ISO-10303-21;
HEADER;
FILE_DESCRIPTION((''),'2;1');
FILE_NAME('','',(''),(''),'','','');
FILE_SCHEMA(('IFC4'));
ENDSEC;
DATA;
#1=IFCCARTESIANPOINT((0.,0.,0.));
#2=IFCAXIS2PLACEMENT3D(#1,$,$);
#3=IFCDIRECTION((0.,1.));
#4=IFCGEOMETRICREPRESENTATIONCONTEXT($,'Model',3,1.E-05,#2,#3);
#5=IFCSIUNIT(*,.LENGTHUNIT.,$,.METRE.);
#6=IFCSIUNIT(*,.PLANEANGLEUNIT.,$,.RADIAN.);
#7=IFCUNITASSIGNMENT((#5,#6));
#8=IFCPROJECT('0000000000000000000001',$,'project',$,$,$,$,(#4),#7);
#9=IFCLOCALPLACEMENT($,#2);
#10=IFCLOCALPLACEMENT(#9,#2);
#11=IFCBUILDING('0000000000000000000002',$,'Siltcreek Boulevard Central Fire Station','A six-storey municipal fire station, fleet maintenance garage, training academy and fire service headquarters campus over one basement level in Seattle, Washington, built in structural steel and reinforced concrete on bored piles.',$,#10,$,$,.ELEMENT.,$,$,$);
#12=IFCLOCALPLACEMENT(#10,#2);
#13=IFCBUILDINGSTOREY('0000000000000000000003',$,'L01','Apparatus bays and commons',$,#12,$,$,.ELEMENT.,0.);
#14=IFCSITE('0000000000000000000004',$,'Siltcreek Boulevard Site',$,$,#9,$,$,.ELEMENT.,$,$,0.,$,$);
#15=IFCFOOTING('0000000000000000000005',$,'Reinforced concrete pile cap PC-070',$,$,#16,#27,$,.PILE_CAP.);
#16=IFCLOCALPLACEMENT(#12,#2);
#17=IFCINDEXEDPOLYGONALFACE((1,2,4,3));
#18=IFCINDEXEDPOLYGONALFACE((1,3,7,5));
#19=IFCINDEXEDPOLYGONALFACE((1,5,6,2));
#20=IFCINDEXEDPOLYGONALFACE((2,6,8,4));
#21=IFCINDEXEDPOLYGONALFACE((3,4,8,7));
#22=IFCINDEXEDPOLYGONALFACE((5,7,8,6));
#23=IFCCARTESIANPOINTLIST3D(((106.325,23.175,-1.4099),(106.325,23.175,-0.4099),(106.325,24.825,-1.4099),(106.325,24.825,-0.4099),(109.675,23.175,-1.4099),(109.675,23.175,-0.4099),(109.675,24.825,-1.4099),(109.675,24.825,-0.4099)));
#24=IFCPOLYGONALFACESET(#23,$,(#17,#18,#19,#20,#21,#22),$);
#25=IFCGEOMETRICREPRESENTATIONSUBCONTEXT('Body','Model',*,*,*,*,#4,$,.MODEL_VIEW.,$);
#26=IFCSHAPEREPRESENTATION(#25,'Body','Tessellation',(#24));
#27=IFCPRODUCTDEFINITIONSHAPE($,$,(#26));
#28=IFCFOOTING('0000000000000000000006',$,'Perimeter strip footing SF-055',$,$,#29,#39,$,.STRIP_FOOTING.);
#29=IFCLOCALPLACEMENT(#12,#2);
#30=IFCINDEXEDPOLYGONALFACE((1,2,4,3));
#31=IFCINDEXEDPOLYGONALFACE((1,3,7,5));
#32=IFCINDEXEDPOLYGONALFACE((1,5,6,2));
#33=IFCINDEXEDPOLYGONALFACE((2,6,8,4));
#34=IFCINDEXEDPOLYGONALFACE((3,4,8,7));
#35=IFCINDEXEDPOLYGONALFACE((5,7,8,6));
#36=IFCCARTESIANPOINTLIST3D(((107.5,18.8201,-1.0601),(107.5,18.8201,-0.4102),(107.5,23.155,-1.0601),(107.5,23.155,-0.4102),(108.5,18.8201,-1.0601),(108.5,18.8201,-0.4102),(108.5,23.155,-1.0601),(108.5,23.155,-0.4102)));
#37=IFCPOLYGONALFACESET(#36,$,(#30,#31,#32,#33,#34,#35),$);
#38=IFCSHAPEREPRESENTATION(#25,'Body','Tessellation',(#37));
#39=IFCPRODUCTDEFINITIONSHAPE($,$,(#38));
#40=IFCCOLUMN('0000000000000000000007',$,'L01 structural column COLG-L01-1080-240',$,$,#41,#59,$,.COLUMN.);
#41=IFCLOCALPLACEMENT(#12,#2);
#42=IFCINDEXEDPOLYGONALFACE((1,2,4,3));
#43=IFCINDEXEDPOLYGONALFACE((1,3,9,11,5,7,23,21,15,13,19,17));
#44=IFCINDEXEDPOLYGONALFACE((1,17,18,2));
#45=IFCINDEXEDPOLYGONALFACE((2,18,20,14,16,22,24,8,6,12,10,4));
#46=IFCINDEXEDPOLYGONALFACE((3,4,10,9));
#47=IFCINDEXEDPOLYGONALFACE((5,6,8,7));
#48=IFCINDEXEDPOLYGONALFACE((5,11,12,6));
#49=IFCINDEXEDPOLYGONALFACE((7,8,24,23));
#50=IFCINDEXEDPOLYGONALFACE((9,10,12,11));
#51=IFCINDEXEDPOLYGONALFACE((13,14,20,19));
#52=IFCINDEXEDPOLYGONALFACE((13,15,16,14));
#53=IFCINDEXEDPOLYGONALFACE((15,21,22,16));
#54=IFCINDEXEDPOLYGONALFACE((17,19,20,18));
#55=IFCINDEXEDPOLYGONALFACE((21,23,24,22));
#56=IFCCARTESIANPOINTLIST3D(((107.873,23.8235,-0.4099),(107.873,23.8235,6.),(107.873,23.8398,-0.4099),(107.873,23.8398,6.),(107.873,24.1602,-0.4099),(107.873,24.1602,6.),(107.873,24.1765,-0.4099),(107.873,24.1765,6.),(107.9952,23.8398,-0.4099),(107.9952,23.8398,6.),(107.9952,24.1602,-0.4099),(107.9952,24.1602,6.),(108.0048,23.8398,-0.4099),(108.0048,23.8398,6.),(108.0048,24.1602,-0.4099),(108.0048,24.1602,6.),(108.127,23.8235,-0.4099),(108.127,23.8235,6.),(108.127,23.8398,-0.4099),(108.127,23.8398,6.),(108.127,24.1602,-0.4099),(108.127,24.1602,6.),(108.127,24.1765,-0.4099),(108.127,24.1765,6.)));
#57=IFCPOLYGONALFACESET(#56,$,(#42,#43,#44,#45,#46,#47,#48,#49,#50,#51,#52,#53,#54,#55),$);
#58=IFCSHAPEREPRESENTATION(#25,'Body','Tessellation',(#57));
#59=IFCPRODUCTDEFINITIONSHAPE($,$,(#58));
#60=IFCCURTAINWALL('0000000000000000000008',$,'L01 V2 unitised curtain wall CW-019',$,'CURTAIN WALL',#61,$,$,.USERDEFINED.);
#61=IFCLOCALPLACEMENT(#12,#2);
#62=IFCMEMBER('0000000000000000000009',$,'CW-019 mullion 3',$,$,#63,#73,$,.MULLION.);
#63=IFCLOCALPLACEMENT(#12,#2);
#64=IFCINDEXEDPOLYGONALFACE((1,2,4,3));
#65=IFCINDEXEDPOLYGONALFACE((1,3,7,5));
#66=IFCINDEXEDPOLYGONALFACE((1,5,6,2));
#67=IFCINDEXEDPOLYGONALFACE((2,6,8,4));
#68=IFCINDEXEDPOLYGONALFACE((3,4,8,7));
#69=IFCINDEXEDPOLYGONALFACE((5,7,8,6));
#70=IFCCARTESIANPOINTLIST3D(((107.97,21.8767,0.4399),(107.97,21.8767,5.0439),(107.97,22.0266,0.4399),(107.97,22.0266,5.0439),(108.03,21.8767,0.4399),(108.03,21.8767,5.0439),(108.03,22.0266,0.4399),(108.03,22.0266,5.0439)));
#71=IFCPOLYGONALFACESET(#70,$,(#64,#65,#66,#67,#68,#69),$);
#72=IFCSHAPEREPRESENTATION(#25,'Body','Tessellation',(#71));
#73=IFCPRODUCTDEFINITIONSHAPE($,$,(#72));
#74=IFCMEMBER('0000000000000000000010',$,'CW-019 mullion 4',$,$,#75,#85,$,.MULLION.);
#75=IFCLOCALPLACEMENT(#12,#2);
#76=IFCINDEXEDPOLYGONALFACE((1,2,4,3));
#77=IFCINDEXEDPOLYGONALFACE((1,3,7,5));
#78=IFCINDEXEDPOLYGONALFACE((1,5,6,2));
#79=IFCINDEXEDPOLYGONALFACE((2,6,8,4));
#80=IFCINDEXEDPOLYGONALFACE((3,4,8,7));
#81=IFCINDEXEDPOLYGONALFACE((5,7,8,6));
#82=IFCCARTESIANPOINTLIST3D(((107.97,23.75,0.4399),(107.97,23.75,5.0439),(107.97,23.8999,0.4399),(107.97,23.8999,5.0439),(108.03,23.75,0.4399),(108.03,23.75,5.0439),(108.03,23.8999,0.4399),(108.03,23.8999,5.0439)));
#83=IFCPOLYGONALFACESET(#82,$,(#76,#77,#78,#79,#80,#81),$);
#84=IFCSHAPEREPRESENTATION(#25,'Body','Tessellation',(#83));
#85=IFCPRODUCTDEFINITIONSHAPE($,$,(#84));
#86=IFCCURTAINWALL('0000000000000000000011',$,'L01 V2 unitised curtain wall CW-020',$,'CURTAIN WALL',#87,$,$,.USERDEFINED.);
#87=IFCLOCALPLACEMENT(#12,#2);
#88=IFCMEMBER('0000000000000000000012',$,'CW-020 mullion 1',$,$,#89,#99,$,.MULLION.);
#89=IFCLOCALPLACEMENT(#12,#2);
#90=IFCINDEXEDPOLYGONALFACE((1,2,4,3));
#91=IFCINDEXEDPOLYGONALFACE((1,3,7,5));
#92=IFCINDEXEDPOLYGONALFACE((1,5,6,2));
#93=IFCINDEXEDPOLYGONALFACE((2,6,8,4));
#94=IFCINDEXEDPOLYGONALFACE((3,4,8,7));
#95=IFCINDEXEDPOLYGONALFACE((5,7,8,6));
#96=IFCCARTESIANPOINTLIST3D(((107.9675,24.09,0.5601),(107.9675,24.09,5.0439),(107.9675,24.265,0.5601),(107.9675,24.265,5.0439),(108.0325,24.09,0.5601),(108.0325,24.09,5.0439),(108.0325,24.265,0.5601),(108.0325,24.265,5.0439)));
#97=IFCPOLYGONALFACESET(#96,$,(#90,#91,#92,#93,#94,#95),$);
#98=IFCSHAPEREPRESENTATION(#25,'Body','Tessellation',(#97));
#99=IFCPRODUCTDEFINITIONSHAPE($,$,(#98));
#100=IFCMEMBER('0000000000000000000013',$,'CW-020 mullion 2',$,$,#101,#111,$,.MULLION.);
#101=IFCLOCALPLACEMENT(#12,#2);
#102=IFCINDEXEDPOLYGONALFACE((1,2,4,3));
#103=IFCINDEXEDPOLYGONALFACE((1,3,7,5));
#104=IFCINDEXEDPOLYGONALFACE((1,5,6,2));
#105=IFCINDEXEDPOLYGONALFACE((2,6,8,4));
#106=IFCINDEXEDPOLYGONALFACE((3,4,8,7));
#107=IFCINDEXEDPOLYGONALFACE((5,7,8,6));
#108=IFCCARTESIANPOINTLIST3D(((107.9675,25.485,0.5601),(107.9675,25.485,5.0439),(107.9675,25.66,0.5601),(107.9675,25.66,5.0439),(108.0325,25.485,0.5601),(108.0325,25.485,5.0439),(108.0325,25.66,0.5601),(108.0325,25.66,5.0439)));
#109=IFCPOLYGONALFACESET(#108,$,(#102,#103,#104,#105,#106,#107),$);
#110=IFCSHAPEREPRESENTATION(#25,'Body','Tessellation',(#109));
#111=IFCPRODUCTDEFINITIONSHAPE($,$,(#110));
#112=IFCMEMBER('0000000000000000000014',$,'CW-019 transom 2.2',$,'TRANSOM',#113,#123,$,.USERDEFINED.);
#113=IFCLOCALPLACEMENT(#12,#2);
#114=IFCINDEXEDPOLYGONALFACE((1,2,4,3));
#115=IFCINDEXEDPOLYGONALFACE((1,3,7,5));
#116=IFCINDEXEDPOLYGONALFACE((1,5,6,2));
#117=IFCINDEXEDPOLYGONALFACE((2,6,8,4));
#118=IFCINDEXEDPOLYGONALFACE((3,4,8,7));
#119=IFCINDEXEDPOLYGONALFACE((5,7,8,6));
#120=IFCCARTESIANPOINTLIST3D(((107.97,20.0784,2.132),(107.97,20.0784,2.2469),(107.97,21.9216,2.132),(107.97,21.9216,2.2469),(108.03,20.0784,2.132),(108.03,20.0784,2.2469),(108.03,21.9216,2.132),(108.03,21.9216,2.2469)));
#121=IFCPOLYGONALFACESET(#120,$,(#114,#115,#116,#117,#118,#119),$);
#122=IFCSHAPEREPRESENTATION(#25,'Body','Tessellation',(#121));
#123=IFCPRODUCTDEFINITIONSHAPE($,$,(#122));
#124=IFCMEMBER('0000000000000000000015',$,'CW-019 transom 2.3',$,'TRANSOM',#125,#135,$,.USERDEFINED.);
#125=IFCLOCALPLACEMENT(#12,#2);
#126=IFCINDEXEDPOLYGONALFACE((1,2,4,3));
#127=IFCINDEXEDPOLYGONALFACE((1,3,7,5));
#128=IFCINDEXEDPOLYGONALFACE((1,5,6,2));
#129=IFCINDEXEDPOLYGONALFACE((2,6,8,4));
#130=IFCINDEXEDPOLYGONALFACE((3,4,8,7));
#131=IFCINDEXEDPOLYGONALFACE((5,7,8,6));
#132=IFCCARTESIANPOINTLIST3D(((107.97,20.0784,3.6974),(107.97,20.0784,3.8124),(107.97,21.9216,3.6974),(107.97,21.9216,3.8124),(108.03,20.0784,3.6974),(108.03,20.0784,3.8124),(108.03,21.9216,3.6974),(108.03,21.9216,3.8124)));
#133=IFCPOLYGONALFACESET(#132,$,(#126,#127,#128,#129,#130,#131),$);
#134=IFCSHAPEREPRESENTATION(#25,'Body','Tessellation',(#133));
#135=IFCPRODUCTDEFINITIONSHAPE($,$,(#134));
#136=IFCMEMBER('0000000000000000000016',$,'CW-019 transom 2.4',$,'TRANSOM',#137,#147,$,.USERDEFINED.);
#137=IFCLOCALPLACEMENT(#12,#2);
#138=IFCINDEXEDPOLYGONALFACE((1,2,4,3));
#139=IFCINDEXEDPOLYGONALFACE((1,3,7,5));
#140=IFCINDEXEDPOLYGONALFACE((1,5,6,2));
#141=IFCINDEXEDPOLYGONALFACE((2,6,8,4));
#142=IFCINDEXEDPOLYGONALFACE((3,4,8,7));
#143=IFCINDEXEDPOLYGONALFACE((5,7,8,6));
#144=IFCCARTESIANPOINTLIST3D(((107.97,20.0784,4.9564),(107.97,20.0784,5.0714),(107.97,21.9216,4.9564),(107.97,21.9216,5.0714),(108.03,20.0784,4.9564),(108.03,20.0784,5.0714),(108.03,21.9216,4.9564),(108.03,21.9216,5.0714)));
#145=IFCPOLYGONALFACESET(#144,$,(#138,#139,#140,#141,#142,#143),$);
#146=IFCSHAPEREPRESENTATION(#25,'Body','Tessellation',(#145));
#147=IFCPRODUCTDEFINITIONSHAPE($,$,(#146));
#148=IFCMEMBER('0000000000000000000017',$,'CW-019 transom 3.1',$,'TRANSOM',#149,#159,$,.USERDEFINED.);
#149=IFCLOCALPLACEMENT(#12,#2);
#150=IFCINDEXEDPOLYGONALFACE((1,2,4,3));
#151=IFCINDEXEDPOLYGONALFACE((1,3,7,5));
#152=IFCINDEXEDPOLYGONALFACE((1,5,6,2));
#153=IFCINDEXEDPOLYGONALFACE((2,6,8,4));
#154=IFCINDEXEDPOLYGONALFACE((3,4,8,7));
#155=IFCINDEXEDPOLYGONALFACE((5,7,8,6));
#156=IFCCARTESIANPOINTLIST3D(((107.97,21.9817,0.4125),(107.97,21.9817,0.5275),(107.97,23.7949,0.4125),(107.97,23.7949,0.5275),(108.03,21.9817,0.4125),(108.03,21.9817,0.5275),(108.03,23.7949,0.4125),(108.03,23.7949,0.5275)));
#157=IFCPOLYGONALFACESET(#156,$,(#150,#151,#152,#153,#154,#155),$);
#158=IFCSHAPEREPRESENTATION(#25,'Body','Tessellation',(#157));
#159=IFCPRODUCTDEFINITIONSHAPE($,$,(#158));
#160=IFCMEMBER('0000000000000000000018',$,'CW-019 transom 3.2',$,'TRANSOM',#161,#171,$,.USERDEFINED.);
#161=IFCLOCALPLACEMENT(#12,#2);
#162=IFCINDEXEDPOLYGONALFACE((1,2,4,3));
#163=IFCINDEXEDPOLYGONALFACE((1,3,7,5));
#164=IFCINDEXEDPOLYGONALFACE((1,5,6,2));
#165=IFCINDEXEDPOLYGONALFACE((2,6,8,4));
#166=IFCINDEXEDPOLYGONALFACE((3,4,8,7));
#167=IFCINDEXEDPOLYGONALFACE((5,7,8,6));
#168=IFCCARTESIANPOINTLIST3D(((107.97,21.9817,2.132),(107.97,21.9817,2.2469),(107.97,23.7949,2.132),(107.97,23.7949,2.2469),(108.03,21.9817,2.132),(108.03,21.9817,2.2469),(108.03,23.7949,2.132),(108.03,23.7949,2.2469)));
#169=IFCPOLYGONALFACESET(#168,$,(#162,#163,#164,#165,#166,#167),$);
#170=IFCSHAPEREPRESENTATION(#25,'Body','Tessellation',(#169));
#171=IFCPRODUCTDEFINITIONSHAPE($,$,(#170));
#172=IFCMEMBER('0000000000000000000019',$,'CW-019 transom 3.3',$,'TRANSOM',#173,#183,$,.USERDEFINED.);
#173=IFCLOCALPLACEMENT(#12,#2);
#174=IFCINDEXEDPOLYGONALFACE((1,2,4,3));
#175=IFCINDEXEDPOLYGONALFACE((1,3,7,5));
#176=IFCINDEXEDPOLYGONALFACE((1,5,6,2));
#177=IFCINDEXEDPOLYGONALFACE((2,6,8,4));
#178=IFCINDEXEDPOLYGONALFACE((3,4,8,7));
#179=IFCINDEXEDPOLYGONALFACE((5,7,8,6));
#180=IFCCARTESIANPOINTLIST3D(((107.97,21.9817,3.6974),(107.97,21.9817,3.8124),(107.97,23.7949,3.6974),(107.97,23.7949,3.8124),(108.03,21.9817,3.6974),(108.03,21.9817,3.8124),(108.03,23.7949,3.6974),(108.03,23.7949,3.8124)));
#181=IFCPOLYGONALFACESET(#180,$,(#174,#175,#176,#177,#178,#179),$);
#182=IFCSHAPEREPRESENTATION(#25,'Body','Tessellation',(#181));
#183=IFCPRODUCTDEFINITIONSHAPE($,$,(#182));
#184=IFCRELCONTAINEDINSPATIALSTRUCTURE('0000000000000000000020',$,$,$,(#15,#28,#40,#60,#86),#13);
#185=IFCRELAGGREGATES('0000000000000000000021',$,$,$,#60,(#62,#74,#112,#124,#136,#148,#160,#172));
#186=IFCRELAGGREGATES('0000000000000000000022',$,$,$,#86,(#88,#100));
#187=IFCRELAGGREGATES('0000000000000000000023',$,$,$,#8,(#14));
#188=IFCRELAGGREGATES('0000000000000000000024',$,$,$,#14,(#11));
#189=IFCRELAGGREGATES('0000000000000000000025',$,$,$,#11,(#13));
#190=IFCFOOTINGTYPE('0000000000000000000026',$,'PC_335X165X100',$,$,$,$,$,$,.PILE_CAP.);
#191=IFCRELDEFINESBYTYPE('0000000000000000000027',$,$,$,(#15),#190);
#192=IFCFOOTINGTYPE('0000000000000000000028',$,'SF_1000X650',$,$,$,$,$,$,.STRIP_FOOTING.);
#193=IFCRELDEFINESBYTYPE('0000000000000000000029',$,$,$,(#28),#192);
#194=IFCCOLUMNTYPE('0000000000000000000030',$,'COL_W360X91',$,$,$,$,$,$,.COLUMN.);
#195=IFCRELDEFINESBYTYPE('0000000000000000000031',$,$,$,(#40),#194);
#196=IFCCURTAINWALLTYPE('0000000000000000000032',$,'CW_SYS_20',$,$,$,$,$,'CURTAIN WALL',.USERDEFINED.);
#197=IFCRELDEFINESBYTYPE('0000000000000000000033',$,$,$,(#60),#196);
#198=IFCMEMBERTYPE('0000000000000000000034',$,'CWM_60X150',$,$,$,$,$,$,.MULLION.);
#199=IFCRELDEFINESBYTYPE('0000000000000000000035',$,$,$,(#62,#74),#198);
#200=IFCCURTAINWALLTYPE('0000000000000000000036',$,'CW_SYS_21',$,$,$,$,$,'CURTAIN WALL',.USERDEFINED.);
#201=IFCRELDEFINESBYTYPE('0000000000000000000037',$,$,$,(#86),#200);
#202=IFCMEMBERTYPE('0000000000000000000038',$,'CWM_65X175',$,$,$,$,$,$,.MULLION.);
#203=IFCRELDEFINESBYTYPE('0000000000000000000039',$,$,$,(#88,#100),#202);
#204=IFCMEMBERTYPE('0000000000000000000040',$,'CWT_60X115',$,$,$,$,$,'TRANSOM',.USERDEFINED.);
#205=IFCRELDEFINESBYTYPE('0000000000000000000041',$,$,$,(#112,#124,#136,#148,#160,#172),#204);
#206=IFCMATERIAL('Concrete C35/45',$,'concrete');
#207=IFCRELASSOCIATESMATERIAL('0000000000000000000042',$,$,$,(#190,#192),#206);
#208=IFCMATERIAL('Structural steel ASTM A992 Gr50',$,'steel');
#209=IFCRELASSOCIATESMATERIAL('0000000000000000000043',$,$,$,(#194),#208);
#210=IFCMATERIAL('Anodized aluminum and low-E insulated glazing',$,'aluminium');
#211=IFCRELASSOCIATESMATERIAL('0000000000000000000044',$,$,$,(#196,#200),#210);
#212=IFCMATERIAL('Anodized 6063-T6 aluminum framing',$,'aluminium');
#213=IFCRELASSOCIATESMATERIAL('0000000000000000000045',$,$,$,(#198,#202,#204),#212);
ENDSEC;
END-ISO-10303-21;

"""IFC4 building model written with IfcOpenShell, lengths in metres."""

from ifc_helpers import new_model, si_unit, direction, frame, origin, origin_2d, place, context, subcontext, project, spatial, rectangle, i_section, extrude, material, material_profile, profile_set, type_object, element, aggregate, save


model = new_model("IFC4")

# Units and contexts
model_context = context("Model", 3, precision=1e-05, world=origin(), true_north=direction((0.0, 1.0)))
body_context = subcontext(model_context, "Body", "Model", "MODEL_VIEW")
ifc_project = project(units=[si_unit("LENGTHUNIT", "METRE"), si_unit("PLANEANGLEUNIT", "RADIAN")], contexts=[model_context])

# Site, building, storey
site_placement = place(None, origin())
site = spatial("IfcSite", under=ifc_project, at=site_placement, Name="Siltcreek Boulevard Site", CompositionType="ELEMENT", RefElevation=0.0)
building_placement = place(site_placement, origin())
building = spatial("IfcBuilding", under=site, at=building_placement, Name="Siltcreek Boulevard Central Fire Station", Description="A six-storey municipal fire station, fleet maintenance garage, training academy and fire service headquarters campus over one basement level in Seattle, Washington, built in structural steel and reinforced concrete on bored piles.", CompositionType="ELEMENT")
storey_placement = place(building_placement, origin())
storey = spatial("IfcBuildingStorey", under=building, at=storey_placement, Name="L01", Description="Apparatus bays and commons", CompositionType="ELEMENT", Elevation=0.0)

# Footings
ifc_material_1 = material(Name="Concrete C35/45", Category="concrete")
footing_type_1 = type_object("IfcFootingType", Name="PC_335X165X100", PredefinedType="PILE_CAP", material=ifc_material_1)
footing_1_placement = place(storey_placement, frame((108.0, 24.0, -1.4099), z_axis=(0.0, 0.0, 1.0), x_axis=(1.0, 0.0, 0.0)))
element("IfcFooting", 1, at=footing_1_placement, inside=storey, type_object=footing_type_1, Name="Reinforced concrete pile cap PC-070", PredefinedType="PILE_CAP", context=body_context, shape_type="SweptSolid", body=[
    extrude(rectangle(XDim=3.3501, YDim=1.6499, at=origin_2d()), origin(), (0.0, 0.0, 1.0), 1.0),
])
footing_type_2 = type_object("IfcFootingType", Name="SF_1000X650", PredefinedType="STRIP_FOOTING", material=ifc_material_1)
footing_2_placement = place(storey_placement, frame((108.0, 20.9875, -1.0601), z_axis=(0.0, 0.0, 1.0), x_axis=(1.0, 0.0, 0.0)))
element("IfcFooting", 2, at=footing_2_placement, inside=storey, type_object=footing_type_2, Name="Perimeter strip footing SF-055", PredefinedType="STRIP_FOOTING", context=body_context, shape_type="SweptSolid", body=[
    extrude(rectangle(XDim=1.0, YDim=4.335, at=origin_2d()), origin(), (0.0, 0.0, 1.0), 0.6499),
])

# Column
ifc_material_2 = material(Name="Structural steel ASTM A992 Gr50", Category="steel")
ifc_material_profile_1 = material_profile(ifc_material_2, i_section(OverallWidth=0.2539, OverallDepth=0.353, WebThickness=0.0095, FlangeThickness=0.0164, at=origin_2d()), Name="W360X91")
ifc_profile_set_1 = profile_set([ifc_material_profile_1], Name="Structural steel ASTM A992 Gr50")
column_type = type_object("IfcColumnType", Name="COL_W360X91", PredefinedType="COLUMN", material=ifc_profile_set_1)
column_placement = place(storey_placement, frame((108.0, 24.0, -0.4099), z_axis=(0.0, 0.0, 1.0), x_axis=(1.0, 0.0, 0.0)))
element("IfcColumn", 3, at=column_placement, inside=storey, type_object=column_type, Name="L01 structural column COLG-L01-1080-240", PredefinedType="COLUMN", context=body_context, shape_type="SweptSolid", body=[
    extrude(i_section(OverallWidth=0.2539, OverallDepth=0.353, WebThickness=0.0095, FlangeThickness=0.0164, at=origin_2d()), origin(), (0.0, 0.0, 1.0), 6.4099),
])

# Curtain walls, members
ifc_material_3 = material(Name="Anodized aluminum and low-E insulated glazing", Category="aluminium")
curtain_wall_type_1 = type_object("IfcCurtainWallType", Name="CW_SYS_20", ElementType="CURTAIN WALL", PredefinedType="USERDEFINED", material=ifc_material_3)
curtain_wall_1_placement = place(storey_placement, origin())
curtain_wall_1 = element("IfcCurtainWall", 4, at=curtain_wall_1_placement, inside=storey, type_object=curtain_wall_type_1, Name="L01 V2 unitised curtain wall CW-019", ObjectType="CURTAIN WALL", PredefinedType="USERDEFINED")
ifc_material_4 = material(Name="Anodized 6063-T6 aluminum framing", Category="aluminium")
ifc_material_profile_2 = material_profile(ifc_material_4, rectangle(XDim=0.0601, YDim=0.1499, at=origin_2d()), Name="MULL60X150")
ifc_profile_set_2 = profile_set([ifc_material_profile_2], Name="Anodized 6063-T6 aluminum framing")
member_type_1 = type_object("IfcMemberType", Name="CWM_60X150", PredefinedType="MULLION", material=ifc_profile_set_2)
member_1_placement = place(storey_placement, frame((108.0, 21.9517, 0.4399), z_axis=(0.0, 0.0, 1.0), x_axis=(-1.0, 0.0, 0.0)))
member_1 = element("IfcMember", 5, at=member_1_placement, type_object=member_type_1, Name="CW-019 mullion 3", PredefinedType="MULLION", context=body_context, shape_type="SweptSolid", body=[
    extrude(rectangle(XDim=0.0601, YDim=0.1499, at=origin_2d()), origin(), (0.0, 0.0, 1.0), 4.604),
])
member_2_placement = place(storey_placement, frame((108.0, 23.825, 0.4399), z_axis=(0.0, 0.0, 1.0), x_axis=(-1.0, 0.0, 0.0)))
member_2 = element("IfcMember", 6, at=member_2_placement, type_object=member_type_1, Name="CW-019 mullion 4", PredefinedType="MULLION", context=body_context, shape_type="SweptSolid", body=[
    extrude(rectangle(XDim=0.0601, YDim=0.1499, at=origin_2d()), origin(), (0.0, 0.0, 1.0), 4.604),
])
curtain_wall_type_2 = type_object("IfcCurtainWallType", Name="CW_SYS_21", ElementType="CURTAIN WALL", PredefinedType="USERDEFINED", material=ifc_material_3)
curtain_wall_2_placement = place(storey_placement, origin())
curtain_wall_2 = element("IfcCurtainWall", 7, at=curtain_wall_2_placement, inside=storey, type_object=curtain_wall_type_2, Name="L01 V2 unitised curtain wall CW-020", ObjectType="CURTAIN WALL", PredefinedType="USERDEFINED")
ifc_material_profile_3 = material_profile(ifc_material_4, rectangle(XDim=0.0649, YDim=0.175, at=origin_2d()), Name="MULL65X175")
ifc_profile_set_3 = profile_set([ifc_material_profile_3], Name="Anodized 6063-T6 aluminum framing")
member_type_2 = type_object("IfcMemberType", Name="CWM_65X175", PredefinedType="MULLION", material=ifc_profile_set_3)
member_3_placement = place(storey_placement, frame((108.0, 24.1775, 0.5601), z_axis=(0.0, 0.0, 1.0), x_axis=(-1.0, 0.0, 0.0)))
member_3 = element("IfcMember", 8, at=member_3_placement, type_object=member_type_2, Name="CW-020 mullion 1", PredefinedType="MULLION", context=body_context, shape_type="SweptSolid", body=[
    extrude(rectangle(XDim=0.0649, YDim=0.175, at=origin_2d()), origin(), (0.0, 0.0, 1.0), 4.4839),
])
member_4_placement = place(storey_placement, frame((108.0, 25.5725, 0.5601), z_axis=(0.0, 0.0, 1.0), x_axis=(-1.0, 0.0, 0.0)))
member_4 = element("IfcMember", 9, at=member_4_placement, type_object=member_type_2, Name="CW-020 mullion 2", PredefinedType="MULLION", context=body_context, shape_type="SweptSolid", body=[
    extrude(rectangle(XDim=0.0649, YDim=0.175, at=origin_2d()), origin(), (0.0, 0.0, 1.0), 4.4839),
])

# Members
ifc_material_profile_4 = material_profile(ifc_material_4, rectangle(XDim=0.0601, YDim=0.115, at=origin_2d()), Name="TRAN60X115")
ifc_profile_set_4 = profile_set([ifc_material_profile_4], Name="Anodized 6063-T6 aluminum framing")
member_type_3 = type_object("IfcMemberType", Name="CWT_60X115", ElementType="TRANSOM", PredefinedType="USERDEFINED", material=ifc_profile_set_4)
member_5_placement = place(storey_placement, frame((108.0, 20.0784, 2.1895), z_axis=(0.0, 1.0, 0.0), x_axis=(-1.0, 0.0, 0.0)))
member_5 = element("IfcMember", 10, at=member_5_placement, type_object=member_type_3, Name="CW-019 transom 2.2", ObjectType="TRANSOM", PredefinedType="USERDEFINED", context=body_context, shape_type="SweptSolid", body=[
    extrude(rectangle(XDim=0.0601, YDim=0.115, at=origin_2d()), origin(), (0.0, 0.0, 1.0), 1.8433),
])
member_6_placement = place(storey_placement, frame((108.0, 20.0784, 3.7549), z_axis=(0.0, 1.0, 0.0), x_axis=(-1.0, 0.0, 0.0)))
member_6 = element("IfcMember", 11, at=member_6_placement, type_object=member_type_3, Name="CW-019 transom 2.3", ObjectType="TRANSOM", PredefinedType="USERDEFINED", context=body_context, shape_type="SweptSolid", body=[
    extrude(rectangle(XDim=0.0601, YDim=0.115, at=origin_2d()), origin(), (0.0, 0.0, 1.0), 1.8433),
])
member_7_placement = place(storey_placement, frame((108.0, 20.0784, 5.0139), z_axis=(0.0, 1.0, 0.0), x_axis=(-1.0, 0.0, 0.0)))
member_7 = element("IfcMember", 12, at=member_7_placement, type_object=member_type_3, Name="CW-019 transom 2.4", ObjectType="TRANSOM", PredefinedType="USERDEFINED", context=body_context, shape_type="SweptSolid", body=[
    extrude(rectangle(XDim=0.0601, YDim=0.115, at=origin_2d()), origin(), (0.0, 0.0, 1.0), 1.8433),
])
member_8_placement = place(storey_placement, frame((108.0, 21.9817, 0.47), z_axis=(0.0, 1.0, 0.0), x_axis=(-1.0, 0.0, 0.0)))
member_8 = element("IfcMember", 13, at=member_8_placement, type_object=member_type_3, Name="CW-019 transom 3.1", ObjectType="TRANSOM", PredefinedType="USERDEFINED", context=body_context, shape_type="SweptSolid", body=[
    extrude(rectangle(XDim=0.0601, YDim=0.115, at=origin_2d()), origin(), (0.0, 0.0, 1.0), 1.8132),
])
member_9_placement = place(storey_placement, frame((108.0, 21.9817, 2.1895), z_axis=(0.0, 1.0, 0.0), x_axis=(-1.0, 0.0, 0.0)))
member_9 = element("IfcMember", 14, at=member_9_placement, type_object=member_type_3, Name="CW-019 transom 3.2", ObjectType="TRANSOM", PredefinedType="USERDEFINED", context=body_context, shape_type="SweptSolid", body=[
    extrude(rectangle(XDim=0.0601, YDim=0.115, at=origin_2d()), origin(), (0.0, 0.0, 1.0), 1.8132),
])
member_10_placement = place(storey_placement, frame((108.0, 21.9817, 3.7549), z_axis=(0.0, 1.0, 0.0), x_axis=(-1.0, 0.0, 0.0)))
member_10 = element("IfcMember", 15, at=member_10_placement, type_object=member_type_3, Name="CW-019 transom 3.3", ObjectType="TRANSOM", PredefinedType="USERDEFINED", context=body_context, shape_type="SweptSolid", body=[
    extrude(rectangle(XDim=0.0601, YDim=0.115, at=origin_2d()), origin(), (0.0, 0.0, 1.0), 1.8132),
])

aggregate(curtain_wall_1, [member_1, member_2, member_5, member_6, member_7, member_8, member_9, member_10])
aggregate(curtain_wall_2, [member_3, member_4])

save(model, "model.ifc")
